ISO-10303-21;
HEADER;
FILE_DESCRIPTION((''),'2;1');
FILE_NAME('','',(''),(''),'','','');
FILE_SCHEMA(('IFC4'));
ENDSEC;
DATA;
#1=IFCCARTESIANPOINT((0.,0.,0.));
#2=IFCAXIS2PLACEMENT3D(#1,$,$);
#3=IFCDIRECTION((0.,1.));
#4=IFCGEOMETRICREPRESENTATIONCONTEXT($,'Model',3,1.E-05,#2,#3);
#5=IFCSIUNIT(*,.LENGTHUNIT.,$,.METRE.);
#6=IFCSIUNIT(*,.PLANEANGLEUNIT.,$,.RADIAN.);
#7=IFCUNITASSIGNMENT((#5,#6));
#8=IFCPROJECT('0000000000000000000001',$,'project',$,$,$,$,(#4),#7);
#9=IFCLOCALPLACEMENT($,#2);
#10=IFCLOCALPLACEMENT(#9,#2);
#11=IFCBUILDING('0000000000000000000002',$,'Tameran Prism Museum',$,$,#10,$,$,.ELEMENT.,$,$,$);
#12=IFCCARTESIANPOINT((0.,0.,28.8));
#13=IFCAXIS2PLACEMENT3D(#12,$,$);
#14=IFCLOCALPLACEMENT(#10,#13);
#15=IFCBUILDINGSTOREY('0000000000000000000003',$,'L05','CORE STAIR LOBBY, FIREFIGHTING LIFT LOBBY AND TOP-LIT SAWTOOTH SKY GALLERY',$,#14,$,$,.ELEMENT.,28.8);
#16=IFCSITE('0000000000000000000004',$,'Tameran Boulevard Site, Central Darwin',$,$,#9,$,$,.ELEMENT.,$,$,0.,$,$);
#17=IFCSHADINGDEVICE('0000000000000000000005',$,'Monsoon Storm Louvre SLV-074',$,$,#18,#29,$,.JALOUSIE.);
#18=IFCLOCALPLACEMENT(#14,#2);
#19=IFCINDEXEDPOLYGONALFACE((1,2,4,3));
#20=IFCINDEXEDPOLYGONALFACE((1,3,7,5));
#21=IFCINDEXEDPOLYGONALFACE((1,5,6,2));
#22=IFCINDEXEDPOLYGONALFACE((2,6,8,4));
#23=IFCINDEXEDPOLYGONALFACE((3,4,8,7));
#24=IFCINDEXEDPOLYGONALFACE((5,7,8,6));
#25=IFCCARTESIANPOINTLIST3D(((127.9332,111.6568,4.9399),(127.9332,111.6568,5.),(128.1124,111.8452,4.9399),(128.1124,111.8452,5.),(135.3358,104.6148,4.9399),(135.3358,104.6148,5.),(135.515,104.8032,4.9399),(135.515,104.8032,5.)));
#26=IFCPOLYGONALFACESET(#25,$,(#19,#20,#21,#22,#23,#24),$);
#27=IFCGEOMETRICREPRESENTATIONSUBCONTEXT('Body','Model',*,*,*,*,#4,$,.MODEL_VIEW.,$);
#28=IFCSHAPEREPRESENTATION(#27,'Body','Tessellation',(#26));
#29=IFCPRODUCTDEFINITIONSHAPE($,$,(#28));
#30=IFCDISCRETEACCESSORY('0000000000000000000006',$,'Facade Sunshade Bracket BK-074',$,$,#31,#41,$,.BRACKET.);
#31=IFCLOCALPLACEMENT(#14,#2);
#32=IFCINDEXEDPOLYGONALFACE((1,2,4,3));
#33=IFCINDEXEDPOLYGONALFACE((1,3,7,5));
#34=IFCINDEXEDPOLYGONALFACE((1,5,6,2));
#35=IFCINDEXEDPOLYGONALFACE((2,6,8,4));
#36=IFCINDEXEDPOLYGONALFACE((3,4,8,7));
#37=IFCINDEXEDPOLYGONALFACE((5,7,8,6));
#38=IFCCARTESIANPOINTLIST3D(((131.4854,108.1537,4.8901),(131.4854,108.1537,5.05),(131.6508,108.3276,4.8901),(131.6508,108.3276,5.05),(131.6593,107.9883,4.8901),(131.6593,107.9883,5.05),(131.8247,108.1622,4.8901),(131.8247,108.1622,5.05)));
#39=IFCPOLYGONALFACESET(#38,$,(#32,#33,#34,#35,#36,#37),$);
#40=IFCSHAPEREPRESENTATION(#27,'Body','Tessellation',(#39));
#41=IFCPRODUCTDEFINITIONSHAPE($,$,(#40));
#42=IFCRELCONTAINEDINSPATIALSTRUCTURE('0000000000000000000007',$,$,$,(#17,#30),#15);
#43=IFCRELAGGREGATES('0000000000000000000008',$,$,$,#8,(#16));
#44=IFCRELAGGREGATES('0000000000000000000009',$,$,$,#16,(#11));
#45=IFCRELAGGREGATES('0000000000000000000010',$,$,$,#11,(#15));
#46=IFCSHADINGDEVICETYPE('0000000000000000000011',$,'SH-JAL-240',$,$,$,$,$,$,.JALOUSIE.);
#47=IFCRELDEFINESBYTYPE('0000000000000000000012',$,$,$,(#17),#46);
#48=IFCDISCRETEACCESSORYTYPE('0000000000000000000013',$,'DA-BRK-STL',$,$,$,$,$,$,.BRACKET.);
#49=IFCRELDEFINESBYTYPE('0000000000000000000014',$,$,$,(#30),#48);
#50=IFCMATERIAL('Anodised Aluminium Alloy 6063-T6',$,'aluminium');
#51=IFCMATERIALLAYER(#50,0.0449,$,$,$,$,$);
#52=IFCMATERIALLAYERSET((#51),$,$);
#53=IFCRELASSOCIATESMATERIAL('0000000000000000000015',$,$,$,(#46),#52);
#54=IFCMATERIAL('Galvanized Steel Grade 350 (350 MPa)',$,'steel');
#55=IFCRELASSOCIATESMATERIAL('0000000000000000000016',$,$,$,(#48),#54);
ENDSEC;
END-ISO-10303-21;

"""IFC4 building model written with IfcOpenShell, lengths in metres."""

from ifc_helpers import new_model, si_unit, direction, frame, origin, origin_2d, place, context, subcontext, project, spatial, rectangle, extrude, material, layer, layer_set, type_object, element, save


model = new_model("IFC4")

# Units and contexts
model_context = context("Model", 3, precision=1e-05, world=origin(), true_north=direction((0.0, 1.0)))
body_context = subcontext(model_context, "Body", "Model", "MODEL_VIEW")
ifc_project = project(units=[si_unit("LENGTHUNIT", "METRE"), si_unit("PLANEANGLEUNIT", "RADIAN")], contexts=[model_context])

# Site, building, storey
site_placement = place(None, origin())
site = spatial("IfcSite", under=ifc_project, at=site_placement, Name="Tameran Boulevard Site, Central Darwin", CompositionType="ELEMENT", RefElevation=0.0)
building_placement = place(site_placement, origin())
building = spatial("IfcBuilding", under=site, at=building_placement, Name="Tameran Prism Museum", CompositionType="ELEMENT")
storey_placement = place(building_placement, frame((0.0, 0.0, 28.8)))
storey = spatial("IfcBuildingStorey", under=building, at=storey_placement, Name="L05", Description="CORE STAIR LOBBY, FIREFIGHTING LIFT LOBBY AND TOP-LIT SAWTOOTH SKY GALLERY", CompositionType="ELEMENT", Elevation=28.8)

# Shading device
ifc_material_1 = material(Name="Anodised Aluminium Alloy 6063-T6", Category="aluminium")
ifc_layer_1 = layer(ifc_material_1, 0.0449)
ifc_layer_set_1 = layer_set([ifc_layer_1])
shading_device_type = type_object("IfcShadingDeviceType", Name="SH-JAL-240", PredefinedType="JALOUSIE", material=ifc_layer_set_1)
shading_device_placement = place(storey_placement, frame((131.7241, 108.23, 4.9399), z_axis=(0.0, 0.0, 1.0), x_axis=(0.724533, -0.68924, 0.0)))
element("IfcShadingDevice", 1, at=shading_device_placement, inside=storey, type_object=shading_device_type, Name="Monsoon Storm Louvre SLV-074", PredefinedType="JALOUSIE", context=body_context, shape_type="SweptSolid", body=[
    extrude(rectangle(XDim=10.217, YDim=0.26, at=origin_2d()), origin(), (0.0, 0.0, 1.0), 0.0601),
])

# Discrete accessory
ifc_material_2 = material(Name="Galvanized Steel Grade 350 (350 MPa)", Category="steel")
discrete_accessory_type = type_object("IfcDiscreteAccessoryType", Name="DA-BRK-STL", PredefinedType="BRACKET", material=ifc_material_2)
discrete_accessory_placement = place(storey_placement, frame((131.655, 108.158, 4.8901), z_axis=(0.0, 0.0, 1.0), x_axis=(0.724533, -0.68924, 0.0)))
element("IfcDiscreteAccessory", 2, at=discrete_accessory_placement, inside=storey, type_object=discrete_accessory_type, Name="Facade Sunshade Bracket BK-074", PredefinedType="BRACKET", context=body_context, shape_type="SweptSolid", body=[
    extrude(rectangle(XDim=0.24, YDim=0.24, at=origin_2d()), origin(), (0.0, 0.0, 1.0), 0.1599),
])

save(model, "model.ifc")
